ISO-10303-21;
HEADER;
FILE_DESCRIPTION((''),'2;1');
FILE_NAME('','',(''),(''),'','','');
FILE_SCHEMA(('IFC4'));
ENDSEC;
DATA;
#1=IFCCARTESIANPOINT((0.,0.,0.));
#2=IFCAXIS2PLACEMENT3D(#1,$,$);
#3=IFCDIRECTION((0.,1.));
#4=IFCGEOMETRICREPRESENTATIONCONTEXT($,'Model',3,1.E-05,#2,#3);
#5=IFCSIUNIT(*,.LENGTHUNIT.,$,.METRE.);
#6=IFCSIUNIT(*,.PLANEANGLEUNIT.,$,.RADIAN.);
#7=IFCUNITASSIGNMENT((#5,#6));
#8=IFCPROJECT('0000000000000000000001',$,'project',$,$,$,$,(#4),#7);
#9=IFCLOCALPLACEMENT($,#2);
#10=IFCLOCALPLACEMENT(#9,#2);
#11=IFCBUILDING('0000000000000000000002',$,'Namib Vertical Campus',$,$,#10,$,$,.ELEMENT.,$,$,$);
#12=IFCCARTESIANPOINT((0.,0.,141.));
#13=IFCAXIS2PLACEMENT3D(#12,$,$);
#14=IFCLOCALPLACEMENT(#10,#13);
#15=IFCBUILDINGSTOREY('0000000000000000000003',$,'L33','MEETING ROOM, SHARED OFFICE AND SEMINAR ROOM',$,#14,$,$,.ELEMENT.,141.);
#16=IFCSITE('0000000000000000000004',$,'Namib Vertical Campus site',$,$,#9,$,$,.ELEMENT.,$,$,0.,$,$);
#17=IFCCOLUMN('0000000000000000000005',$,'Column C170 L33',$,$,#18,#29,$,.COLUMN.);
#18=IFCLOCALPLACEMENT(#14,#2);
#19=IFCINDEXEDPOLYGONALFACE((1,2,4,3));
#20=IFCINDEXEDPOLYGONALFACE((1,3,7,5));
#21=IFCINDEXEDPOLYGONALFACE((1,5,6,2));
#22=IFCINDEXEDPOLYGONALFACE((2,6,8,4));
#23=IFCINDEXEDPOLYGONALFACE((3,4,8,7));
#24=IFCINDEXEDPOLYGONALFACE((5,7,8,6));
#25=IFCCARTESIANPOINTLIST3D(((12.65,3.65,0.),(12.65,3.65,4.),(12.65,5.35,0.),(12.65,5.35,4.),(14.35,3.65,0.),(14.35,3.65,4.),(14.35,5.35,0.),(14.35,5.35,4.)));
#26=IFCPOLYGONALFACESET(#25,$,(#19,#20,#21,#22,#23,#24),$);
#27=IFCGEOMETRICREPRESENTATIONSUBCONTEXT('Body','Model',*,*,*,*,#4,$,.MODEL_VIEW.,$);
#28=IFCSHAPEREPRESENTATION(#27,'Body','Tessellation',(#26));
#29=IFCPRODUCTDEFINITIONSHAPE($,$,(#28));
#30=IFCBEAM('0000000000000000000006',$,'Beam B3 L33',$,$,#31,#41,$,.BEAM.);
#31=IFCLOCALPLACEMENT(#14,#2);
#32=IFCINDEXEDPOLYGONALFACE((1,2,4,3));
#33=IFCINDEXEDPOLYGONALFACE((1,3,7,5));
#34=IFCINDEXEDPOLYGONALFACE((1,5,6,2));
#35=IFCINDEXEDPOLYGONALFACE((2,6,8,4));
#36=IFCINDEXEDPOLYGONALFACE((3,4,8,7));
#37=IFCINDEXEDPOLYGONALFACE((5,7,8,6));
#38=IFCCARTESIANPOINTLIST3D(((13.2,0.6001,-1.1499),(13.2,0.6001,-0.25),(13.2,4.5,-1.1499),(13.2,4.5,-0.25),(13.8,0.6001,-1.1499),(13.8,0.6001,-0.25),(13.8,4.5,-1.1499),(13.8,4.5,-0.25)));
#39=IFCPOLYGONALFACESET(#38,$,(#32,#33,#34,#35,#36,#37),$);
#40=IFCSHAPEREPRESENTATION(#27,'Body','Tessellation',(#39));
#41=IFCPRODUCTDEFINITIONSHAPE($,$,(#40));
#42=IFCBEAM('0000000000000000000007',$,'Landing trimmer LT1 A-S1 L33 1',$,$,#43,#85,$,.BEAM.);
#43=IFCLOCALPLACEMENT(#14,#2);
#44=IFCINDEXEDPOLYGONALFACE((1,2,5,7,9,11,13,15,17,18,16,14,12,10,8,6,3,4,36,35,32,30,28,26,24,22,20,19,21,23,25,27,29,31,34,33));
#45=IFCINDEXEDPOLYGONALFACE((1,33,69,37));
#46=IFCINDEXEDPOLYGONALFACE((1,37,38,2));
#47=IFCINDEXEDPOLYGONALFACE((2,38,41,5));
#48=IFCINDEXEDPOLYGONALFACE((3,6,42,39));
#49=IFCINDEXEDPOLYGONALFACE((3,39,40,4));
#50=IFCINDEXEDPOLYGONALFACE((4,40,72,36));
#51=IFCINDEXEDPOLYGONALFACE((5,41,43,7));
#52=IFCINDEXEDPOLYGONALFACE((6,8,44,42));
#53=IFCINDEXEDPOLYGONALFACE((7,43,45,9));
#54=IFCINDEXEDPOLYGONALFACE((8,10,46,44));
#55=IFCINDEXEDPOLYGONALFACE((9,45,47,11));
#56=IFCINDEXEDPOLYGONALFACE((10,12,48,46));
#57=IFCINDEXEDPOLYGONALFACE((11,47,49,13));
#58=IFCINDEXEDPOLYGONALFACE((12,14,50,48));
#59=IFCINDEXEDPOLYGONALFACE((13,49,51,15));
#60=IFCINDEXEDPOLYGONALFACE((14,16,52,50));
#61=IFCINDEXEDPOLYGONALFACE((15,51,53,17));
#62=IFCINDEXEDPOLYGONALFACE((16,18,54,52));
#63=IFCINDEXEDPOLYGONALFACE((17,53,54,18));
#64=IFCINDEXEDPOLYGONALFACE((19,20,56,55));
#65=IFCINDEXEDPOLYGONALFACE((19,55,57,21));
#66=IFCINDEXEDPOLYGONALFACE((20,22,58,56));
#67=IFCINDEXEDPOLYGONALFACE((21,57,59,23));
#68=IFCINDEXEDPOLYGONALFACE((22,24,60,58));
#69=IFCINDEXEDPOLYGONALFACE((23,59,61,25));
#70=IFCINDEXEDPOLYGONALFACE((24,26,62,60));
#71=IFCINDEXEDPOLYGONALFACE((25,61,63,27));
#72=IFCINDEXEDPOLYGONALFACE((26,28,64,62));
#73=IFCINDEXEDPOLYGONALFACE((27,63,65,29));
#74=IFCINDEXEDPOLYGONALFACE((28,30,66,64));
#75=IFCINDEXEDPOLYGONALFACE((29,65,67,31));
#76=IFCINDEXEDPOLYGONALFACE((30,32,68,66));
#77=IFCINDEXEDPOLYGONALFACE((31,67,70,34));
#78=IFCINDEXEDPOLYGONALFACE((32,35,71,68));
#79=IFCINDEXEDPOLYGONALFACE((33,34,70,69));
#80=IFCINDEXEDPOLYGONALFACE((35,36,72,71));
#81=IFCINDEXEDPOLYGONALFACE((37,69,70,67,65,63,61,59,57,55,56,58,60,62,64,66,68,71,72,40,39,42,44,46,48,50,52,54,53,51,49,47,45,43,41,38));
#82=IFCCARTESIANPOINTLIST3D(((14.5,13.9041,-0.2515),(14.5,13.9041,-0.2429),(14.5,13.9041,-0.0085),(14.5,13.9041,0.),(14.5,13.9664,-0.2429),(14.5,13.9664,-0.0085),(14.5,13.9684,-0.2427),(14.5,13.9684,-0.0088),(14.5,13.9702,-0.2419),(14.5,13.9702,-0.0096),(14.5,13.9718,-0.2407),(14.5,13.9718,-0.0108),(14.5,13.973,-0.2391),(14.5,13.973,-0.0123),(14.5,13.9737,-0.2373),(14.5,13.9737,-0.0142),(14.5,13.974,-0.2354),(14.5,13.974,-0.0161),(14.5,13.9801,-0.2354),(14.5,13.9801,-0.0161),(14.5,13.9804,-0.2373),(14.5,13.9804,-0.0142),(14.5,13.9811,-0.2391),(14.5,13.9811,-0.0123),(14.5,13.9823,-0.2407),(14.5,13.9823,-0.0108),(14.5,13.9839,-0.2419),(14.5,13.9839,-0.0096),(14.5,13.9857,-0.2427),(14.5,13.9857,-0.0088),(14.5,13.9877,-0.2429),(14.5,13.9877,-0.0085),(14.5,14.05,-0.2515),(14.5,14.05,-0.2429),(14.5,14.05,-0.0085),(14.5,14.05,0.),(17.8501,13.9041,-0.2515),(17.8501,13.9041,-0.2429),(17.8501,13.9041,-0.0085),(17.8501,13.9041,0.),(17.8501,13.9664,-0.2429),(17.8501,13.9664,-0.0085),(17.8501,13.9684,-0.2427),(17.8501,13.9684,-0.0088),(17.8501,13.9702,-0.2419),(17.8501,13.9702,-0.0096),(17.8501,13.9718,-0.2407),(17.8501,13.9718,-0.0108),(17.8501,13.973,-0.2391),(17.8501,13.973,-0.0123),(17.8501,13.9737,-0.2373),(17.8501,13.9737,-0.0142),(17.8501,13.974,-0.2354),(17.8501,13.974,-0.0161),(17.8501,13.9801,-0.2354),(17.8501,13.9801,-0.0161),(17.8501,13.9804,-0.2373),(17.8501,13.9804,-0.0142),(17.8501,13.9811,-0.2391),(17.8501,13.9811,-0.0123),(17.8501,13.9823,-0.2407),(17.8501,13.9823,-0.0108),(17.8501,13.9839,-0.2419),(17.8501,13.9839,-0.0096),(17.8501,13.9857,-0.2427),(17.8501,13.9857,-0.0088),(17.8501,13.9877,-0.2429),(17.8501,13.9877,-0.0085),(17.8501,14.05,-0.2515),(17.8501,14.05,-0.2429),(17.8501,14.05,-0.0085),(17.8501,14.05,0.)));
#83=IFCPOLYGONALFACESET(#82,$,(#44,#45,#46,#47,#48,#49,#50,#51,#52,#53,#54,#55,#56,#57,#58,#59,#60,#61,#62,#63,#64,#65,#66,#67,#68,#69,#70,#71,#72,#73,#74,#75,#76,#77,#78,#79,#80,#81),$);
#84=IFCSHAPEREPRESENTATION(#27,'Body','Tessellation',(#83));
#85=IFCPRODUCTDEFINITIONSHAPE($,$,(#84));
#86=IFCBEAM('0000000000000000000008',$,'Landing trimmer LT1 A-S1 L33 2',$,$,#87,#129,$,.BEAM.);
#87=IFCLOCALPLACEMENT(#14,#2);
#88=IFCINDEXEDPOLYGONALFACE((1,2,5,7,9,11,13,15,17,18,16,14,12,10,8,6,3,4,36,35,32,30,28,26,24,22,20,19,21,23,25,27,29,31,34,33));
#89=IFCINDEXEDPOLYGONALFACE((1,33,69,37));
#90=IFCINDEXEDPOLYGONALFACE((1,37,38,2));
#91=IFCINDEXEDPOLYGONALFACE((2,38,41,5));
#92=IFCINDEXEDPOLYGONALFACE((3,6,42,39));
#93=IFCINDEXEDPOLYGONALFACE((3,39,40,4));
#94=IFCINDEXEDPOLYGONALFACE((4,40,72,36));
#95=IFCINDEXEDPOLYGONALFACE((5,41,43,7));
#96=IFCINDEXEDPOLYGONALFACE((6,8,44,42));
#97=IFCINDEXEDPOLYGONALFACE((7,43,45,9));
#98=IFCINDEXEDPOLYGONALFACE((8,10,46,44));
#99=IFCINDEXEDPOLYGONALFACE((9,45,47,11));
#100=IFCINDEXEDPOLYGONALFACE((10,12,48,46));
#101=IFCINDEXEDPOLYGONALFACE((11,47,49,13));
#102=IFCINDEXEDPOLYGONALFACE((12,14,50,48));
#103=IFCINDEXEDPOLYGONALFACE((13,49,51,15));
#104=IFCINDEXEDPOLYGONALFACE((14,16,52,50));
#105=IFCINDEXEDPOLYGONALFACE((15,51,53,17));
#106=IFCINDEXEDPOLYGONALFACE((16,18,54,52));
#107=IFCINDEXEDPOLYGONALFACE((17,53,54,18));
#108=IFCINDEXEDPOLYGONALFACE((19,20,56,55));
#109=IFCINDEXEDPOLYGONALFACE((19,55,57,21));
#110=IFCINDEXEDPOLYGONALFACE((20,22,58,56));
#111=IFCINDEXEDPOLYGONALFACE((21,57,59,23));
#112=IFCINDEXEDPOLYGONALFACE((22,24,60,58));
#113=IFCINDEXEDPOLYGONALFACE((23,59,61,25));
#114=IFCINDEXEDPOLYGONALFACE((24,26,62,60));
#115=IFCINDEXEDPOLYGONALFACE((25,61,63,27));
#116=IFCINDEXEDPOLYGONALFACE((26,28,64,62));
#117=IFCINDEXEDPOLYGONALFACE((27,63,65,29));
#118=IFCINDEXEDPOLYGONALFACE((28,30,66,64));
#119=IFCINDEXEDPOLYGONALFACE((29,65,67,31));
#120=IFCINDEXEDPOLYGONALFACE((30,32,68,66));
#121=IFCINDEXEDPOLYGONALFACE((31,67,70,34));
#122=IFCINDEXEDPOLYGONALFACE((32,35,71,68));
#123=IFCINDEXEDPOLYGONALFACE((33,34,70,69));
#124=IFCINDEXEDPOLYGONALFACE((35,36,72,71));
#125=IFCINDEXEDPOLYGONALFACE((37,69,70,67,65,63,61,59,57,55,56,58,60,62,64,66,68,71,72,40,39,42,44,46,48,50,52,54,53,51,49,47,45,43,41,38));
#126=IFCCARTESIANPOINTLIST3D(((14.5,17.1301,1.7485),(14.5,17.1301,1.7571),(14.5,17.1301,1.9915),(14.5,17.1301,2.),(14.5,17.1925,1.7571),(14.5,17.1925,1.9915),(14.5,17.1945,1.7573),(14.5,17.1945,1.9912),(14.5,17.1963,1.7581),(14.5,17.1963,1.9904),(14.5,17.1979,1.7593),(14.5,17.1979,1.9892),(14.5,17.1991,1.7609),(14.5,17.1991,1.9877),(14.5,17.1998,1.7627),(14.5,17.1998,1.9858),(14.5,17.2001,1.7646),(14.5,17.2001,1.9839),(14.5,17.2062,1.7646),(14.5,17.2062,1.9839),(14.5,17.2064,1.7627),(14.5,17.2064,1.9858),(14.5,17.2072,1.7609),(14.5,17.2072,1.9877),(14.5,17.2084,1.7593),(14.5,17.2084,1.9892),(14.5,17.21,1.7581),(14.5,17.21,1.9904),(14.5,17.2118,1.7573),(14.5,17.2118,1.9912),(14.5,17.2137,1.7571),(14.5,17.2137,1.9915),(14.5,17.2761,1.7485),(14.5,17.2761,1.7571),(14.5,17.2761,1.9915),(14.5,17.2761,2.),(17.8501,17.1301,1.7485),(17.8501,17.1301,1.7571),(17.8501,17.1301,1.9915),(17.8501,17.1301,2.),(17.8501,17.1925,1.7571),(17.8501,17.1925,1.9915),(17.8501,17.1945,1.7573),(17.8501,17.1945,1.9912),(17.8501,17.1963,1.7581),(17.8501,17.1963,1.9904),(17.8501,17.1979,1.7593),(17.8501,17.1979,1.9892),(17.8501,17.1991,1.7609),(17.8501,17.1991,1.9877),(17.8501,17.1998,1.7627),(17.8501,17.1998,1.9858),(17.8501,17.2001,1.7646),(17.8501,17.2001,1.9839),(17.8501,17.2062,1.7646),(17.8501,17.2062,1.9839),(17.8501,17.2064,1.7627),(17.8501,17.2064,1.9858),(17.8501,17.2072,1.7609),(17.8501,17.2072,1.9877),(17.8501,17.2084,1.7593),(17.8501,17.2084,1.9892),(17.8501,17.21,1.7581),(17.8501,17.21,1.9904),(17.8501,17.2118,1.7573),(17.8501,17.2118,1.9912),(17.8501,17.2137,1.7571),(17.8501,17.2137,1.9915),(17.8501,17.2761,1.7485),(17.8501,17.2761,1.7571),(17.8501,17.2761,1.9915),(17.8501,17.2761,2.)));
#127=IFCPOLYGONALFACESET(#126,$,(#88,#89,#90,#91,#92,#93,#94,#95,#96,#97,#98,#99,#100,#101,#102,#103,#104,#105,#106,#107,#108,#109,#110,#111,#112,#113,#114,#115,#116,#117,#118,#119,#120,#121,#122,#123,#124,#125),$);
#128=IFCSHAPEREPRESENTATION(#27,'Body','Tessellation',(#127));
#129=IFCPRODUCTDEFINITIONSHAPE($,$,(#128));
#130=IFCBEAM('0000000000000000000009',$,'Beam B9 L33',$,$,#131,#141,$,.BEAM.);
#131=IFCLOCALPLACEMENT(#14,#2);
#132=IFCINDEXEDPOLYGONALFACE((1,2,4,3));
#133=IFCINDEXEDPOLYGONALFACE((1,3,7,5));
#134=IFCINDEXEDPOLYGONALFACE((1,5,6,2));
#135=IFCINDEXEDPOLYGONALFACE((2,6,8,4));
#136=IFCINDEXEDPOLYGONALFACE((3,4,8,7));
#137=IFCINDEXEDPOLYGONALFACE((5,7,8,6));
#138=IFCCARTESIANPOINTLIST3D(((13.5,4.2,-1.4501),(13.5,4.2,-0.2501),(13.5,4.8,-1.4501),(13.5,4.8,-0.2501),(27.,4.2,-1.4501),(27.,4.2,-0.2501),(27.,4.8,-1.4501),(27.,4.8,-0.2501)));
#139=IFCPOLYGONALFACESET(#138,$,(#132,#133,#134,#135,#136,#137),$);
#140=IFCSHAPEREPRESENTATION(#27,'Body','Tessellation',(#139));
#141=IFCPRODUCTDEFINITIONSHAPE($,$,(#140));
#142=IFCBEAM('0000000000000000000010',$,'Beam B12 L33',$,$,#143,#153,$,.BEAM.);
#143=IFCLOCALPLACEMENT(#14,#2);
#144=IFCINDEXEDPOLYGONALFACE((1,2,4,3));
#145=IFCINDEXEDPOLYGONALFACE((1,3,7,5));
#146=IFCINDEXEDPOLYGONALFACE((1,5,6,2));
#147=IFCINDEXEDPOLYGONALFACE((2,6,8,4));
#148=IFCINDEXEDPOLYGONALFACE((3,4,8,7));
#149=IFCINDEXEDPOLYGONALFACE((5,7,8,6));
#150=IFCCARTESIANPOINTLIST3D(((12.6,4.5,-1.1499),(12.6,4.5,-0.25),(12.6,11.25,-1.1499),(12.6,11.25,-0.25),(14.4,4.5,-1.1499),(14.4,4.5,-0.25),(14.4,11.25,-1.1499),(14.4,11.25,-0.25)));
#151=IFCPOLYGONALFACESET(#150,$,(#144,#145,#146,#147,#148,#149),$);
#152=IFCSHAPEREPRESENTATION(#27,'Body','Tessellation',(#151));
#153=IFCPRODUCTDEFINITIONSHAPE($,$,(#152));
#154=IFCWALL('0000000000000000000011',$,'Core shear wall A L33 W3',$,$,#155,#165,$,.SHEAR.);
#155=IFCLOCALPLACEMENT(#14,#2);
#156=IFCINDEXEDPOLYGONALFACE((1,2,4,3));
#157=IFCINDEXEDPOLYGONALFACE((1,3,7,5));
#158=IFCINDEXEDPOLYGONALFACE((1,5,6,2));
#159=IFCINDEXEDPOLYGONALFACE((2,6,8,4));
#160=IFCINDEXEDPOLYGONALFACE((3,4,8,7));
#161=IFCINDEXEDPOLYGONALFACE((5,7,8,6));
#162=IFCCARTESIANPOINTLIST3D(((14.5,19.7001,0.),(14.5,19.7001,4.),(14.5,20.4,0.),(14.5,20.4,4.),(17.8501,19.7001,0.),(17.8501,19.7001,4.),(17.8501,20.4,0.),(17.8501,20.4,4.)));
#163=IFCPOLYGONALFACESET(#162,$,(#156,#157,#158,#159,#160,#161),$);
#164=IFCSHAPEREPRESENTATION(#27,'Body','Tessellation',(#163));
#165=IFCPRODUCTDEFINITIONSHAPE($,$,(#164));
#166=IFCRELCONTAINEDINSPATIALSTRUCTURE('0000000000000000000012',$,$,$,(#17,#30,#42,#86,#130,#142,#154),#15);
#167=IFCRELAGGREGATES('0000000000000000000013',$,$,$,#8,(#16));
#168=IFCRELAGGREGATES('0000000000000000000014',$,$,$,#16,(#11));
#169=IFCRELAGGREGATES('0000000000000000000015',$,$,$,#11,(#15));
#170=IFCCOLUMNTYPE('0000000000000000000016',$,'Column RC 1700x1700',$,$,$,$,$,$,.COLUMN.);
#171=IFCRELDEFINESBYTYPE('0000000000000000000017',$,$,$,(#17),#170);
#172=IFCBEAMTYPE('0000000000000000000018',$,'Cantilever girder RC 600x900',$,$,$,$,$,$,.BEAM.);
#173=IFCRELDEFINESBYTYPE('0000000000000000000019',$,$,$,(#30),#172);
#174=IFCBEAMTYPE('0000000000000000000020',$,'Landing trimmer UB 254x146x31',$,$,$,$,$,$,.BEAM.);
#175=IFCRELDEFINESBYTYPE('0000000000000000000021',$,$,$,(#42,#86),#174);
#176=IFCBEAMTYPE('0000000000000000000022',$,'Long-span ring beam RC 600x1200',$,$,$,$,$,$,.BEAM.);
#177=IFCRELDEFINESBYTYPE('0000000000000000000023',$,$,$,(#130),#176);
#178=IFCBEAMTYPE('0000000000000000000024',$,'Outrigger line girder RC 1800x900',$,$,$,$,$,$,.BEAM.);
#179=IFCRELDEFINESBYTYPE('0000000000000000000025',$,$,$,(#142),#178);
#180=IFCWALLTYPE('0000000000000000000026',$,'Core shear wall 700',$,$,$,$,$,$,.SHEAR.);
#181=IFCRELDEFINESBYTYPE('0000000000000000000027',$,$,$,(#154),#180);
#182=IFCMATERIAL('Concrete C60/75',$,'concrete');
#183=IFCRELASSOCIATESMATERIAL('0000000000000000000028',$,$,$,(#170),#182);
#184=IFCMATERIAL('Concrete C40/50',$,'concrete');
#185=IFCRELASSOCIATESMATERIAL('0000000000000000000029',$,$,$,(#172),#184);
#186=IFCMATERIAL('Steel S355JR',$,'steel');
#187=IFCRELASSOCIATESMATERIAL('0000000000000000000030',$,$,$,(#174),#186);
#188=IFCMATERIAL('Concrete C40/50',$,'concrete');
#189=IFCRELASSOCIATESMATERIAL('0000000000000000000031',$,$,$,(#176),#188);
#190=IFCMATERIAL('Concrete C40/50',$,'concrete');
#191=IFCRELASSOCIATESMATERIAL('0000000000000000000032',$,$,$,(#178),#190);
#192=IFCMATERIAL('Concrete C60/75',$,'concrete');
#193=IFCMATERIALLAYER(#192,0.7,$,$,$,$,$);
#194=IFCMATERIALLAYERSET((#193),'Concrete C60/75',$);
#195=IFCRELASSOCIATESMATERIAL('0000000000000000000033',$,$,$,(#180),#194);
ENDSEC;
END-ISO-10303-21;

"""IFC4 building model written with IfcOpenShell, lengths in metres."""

from ifc_helpers import new_model, si_unit, direction, frame, frame_2d, origin, origin_2d, place, context, subcontext, project, spatial, rectangle, i_section, extrude, material, layer, layer_set, material_profile, profile_set, type_object, element, save


model = new_model("IFC4")

# Units and contexts
model_context = context("Model", 3, precision=1e-05, world=origin(), true_north=direction((0.0, 1.0)))
body_context = subcontext(model_context, "Body", "Model", "MODEL_VIEW")
ifc_project = project(units=[si_unit("LENGTHUNIT", "METRE"), si_unit("PLANEANGLEUNIT", "RADIAN")], contexts=[model_context])

# Site, building, storey
site_placement = place(None, origin())
site = spatial("IfcSite", under=ifc_project, at=site_placement, Name="Namib Vertical Campus site", CompositionType="ELEMENT", RefElevation=0.0)
building_placement = place(site_placement, origin())
building = spatial("IfcBuilding", under=site, at=building_placement, Name="Namib Vertical Campus", CompositionType="ELEMENT")
storey_placement = place(building_placement, frame((0.0, 0.0, 141.0)))
storey = spatial("IfcBuildingStorey", under=building, at=storey_placement, Name="L33", Description="MEETING ROOM, SHARED OFFICE AND SEMINAR ROOM", CompositionType="ELEMENT", Elevation=141.0)

# Column
ifc_material_1 = material(Name="Concrete C60/75", Category="concrete")
ifc_material_profile_1 = material_profile(ifc_material_1, rectangle(XDim=1.7, YDim=1.7, at=origin_2d()))
ifc_profile_set_1 = profile_set([ifc_material_profile_1], Name="Concrete C60/75")
column_type = type_object("IfcColumnType", Name="Column RC 1700x1700", PredefinedType="COLUMN", material=ifc_profile_set_1)
column_placement = place(storey_placement, frame((13.5, 4.5, 0.0), z_axis=(0.0, 0.0, 1.0), x_axis=(1.0, 0.0, 0.0)))
element("IfcColumn", 1, at=column_placement, inside=storey, type_object=column_type, Name="Column C170 L33", PredefinedType="COLUMN", context=body_context, shape_type="SweptSolid", body=[
    extrude(rectangle(XDim=1.7, YDim=1.7, at=origin_2d()), origin(), (0.0, 0.0, 1.0), 4.0),
])

# Beams
ifc_material_2 = material(Name="Concrete C40/50", Category="concrete")
ifc_material_profile_2 = material_profile(ifc_material_2, rectangle(XDim=0.6001, YDim=0.8999, at=origin_2d()))
ifc_profile_set_2 = profile_set([ifc_material_profile_2], Name="Concrete C40/50")
beam_type_1 = type_object("IfcBeamType", Name="Cantilever girder RC 600x900", PredefinedType="BEAM", material=ifc_profile_set_2)
beam_1_placement = place(storey_placement, frame((13.5, 4.5, -0.7), z_axis=(0.0, -1.0, 0.0), x_axis=(1.0, 0.0, 0.0)))
element("IfcBeam", 2, at=beam_1_placement, inside=storey, type_object=beam_type_1, Name="Beam B3 L33", PredefinedType="BEAM", context=body_context, shape_type="SweptSolid", body=[
    extrude(rectangle(XDim=0.6001, YDim=0.8999, at=origin_2d()), origin(), (0.0, 0.0, 1.0), 3.8999),
])
ifc_material_3 = material(Name="Steel S355JR", Category="steel")
ifc_material_profile_3 = material_profile(ifc_material_3, i_section(OverallWidth=0.146, OverallDepth=0.2515, WebThickness=0.0061, FlangeThickness=0.0085, FilletRadius=0.0076, at=origin_2d()))
ifc_profile_set_3 = profile_set([ifc_material_profile_3], Name="Steel S355JR")
beam_type_2 = type_object("IfcBeamType", Name="Landing trimmer UB 254x146x31", PredefinedType="BEAM", material=ifc_profile_set_3)
for number, where, z_axis, x_axis, name in (
    (3, (14.5, 13.9771, -0.1257), (1.0, 0.0, 0.0), (0.0, 1.0, 0.0), "Landing trimmer LT1 A-S1 L33 1"),
    (4, (14.5, 17.2031, 1.8743), (1.0, 0.0, 0.0), (0.0, 1.0, 0.0), "Landing trimmer LT1 A-S1 L33 2"),
):
    element("IfcBeam", number, at=place(storey_placement, frame(where, z_axis=z_axis, x_axis=x_axis)), inside=storey, type_object=beam_type_2, Name=name, PredefinedType="BEAM", context=body_context, shape_type="SweptSolid", body=[
        extrude(i_section(OverallWidth=0.146, OverallDepth=0.2515, WebThickness=0.0061, FlangeThickness=0.0085, FilletRadius=0.0076, at=origin_2d()), origin(), (0.0, 0.0, 1.0), 3.3501),
    ])
ifc_material_4 = material(Name="Concrete C40/50", Category="concrete")
ifc_material_profile_4 = material_profile(ifc_material_4, rectangle(XDim=0.6001, YDim=1.2, at=origin_2d()))
ifc_profile_set_4 = profile_set([ifc_material_profile_4], Name="Concrete C40/50")
beam_type_3 = type_object("IfcBeamType", Name="Long-span ring beam RC 600x1200", PredefinedType="BEAM", material=ifc_profile_set_4)
beam_2_placement = place(storey_placement, frame((13.5, 4.5, -0.8501), z_axis=(1.0, 0.0, 0.0), x_axis=(0.0, 1.0, 0.0)))
element("IfcBeam", 5, at=beam_2_placement, inside=storey, type_object=beam_type_3, Name="Beam B9 L33", PredefinedType="BEAM", context=body_context, shape_type="SweptSolid", body=[
    extrude(rectangle(XDim=0.6001, YDim=1.2, at=origin_2d()), origin(), (0.0, 0.0, 1.0), 13.5),
])
ifc_material_5 = material(Name="Concrete C40/50", Category="concrete")
ifc_material_profile_5 = material_profile(ifc_material_5, rectangle(XDim=1.8, YDim=0.8999, at=origin_2d()))
ifc_profile_set_5 = profile_set([ifc_material_profile_5], Name="Concrete C40/50")
beam_type_4 = type_object("IfcBeamType", Name="Outrigger line girder RC 1800x900", PredefinedType="BEAM", material=ifc_profile_set_5)
beam_3_placement = place(storey_placement, frame((13.5, 4.5, -0.7), z_axis=(0.0, 1.0, 0.0), x_axis=(-1.0, 0.0, 0.0)))
element("IfcBeam", 6, at=beam_3_placement, inside=storey, type_object=beam_type_4, Name="Beam B12 L33", PredefinedType="BEAM", context=body_context, shape_type="SweptSolid", body=[
    extrude(rectangle(XDim=1.8, YDim=0.8999, at=origin_2d()), origin(), (0.0, 0.0, 1.0), 6.75),
])

# Wall
ifc_material_6 = material(Name="Concrete C60/75", Category="concrete")
ifc_layer_1 = layer(ifc_material_6, 0.7)
ifc_layer_set_1 = layer_set([ifc_layer_1], Name="Concrete C60/75")
wall_type_1 = type_object("IfcWallType", Name="Core shear wall 700", PredefinedType="SHEAR", material=ifc_layer_set_1)
wall_1_placement = place(storey_placement, frame((14.5, 20.05, 0.0), z_axis=(0.0, 0.0, 1.0), x_axis=(1.0, 0.0, 0.0)))
element("IfcWall", 7, at=wall_1_placement, inside=storey, type_object=wall_type_1, Name="Core shear wall A L33 W3", PredefinedType="SHEAR", context=body_context, shape_type="SweptSolid", body=[
    extrude(rectangle(XDim=3.3501, YDim=0.7, at=frame_2d((1.675, 0.0))), origin(), (0.0, 0.0, 1.0), 4.0),
])

save(model, "model.ifc")
